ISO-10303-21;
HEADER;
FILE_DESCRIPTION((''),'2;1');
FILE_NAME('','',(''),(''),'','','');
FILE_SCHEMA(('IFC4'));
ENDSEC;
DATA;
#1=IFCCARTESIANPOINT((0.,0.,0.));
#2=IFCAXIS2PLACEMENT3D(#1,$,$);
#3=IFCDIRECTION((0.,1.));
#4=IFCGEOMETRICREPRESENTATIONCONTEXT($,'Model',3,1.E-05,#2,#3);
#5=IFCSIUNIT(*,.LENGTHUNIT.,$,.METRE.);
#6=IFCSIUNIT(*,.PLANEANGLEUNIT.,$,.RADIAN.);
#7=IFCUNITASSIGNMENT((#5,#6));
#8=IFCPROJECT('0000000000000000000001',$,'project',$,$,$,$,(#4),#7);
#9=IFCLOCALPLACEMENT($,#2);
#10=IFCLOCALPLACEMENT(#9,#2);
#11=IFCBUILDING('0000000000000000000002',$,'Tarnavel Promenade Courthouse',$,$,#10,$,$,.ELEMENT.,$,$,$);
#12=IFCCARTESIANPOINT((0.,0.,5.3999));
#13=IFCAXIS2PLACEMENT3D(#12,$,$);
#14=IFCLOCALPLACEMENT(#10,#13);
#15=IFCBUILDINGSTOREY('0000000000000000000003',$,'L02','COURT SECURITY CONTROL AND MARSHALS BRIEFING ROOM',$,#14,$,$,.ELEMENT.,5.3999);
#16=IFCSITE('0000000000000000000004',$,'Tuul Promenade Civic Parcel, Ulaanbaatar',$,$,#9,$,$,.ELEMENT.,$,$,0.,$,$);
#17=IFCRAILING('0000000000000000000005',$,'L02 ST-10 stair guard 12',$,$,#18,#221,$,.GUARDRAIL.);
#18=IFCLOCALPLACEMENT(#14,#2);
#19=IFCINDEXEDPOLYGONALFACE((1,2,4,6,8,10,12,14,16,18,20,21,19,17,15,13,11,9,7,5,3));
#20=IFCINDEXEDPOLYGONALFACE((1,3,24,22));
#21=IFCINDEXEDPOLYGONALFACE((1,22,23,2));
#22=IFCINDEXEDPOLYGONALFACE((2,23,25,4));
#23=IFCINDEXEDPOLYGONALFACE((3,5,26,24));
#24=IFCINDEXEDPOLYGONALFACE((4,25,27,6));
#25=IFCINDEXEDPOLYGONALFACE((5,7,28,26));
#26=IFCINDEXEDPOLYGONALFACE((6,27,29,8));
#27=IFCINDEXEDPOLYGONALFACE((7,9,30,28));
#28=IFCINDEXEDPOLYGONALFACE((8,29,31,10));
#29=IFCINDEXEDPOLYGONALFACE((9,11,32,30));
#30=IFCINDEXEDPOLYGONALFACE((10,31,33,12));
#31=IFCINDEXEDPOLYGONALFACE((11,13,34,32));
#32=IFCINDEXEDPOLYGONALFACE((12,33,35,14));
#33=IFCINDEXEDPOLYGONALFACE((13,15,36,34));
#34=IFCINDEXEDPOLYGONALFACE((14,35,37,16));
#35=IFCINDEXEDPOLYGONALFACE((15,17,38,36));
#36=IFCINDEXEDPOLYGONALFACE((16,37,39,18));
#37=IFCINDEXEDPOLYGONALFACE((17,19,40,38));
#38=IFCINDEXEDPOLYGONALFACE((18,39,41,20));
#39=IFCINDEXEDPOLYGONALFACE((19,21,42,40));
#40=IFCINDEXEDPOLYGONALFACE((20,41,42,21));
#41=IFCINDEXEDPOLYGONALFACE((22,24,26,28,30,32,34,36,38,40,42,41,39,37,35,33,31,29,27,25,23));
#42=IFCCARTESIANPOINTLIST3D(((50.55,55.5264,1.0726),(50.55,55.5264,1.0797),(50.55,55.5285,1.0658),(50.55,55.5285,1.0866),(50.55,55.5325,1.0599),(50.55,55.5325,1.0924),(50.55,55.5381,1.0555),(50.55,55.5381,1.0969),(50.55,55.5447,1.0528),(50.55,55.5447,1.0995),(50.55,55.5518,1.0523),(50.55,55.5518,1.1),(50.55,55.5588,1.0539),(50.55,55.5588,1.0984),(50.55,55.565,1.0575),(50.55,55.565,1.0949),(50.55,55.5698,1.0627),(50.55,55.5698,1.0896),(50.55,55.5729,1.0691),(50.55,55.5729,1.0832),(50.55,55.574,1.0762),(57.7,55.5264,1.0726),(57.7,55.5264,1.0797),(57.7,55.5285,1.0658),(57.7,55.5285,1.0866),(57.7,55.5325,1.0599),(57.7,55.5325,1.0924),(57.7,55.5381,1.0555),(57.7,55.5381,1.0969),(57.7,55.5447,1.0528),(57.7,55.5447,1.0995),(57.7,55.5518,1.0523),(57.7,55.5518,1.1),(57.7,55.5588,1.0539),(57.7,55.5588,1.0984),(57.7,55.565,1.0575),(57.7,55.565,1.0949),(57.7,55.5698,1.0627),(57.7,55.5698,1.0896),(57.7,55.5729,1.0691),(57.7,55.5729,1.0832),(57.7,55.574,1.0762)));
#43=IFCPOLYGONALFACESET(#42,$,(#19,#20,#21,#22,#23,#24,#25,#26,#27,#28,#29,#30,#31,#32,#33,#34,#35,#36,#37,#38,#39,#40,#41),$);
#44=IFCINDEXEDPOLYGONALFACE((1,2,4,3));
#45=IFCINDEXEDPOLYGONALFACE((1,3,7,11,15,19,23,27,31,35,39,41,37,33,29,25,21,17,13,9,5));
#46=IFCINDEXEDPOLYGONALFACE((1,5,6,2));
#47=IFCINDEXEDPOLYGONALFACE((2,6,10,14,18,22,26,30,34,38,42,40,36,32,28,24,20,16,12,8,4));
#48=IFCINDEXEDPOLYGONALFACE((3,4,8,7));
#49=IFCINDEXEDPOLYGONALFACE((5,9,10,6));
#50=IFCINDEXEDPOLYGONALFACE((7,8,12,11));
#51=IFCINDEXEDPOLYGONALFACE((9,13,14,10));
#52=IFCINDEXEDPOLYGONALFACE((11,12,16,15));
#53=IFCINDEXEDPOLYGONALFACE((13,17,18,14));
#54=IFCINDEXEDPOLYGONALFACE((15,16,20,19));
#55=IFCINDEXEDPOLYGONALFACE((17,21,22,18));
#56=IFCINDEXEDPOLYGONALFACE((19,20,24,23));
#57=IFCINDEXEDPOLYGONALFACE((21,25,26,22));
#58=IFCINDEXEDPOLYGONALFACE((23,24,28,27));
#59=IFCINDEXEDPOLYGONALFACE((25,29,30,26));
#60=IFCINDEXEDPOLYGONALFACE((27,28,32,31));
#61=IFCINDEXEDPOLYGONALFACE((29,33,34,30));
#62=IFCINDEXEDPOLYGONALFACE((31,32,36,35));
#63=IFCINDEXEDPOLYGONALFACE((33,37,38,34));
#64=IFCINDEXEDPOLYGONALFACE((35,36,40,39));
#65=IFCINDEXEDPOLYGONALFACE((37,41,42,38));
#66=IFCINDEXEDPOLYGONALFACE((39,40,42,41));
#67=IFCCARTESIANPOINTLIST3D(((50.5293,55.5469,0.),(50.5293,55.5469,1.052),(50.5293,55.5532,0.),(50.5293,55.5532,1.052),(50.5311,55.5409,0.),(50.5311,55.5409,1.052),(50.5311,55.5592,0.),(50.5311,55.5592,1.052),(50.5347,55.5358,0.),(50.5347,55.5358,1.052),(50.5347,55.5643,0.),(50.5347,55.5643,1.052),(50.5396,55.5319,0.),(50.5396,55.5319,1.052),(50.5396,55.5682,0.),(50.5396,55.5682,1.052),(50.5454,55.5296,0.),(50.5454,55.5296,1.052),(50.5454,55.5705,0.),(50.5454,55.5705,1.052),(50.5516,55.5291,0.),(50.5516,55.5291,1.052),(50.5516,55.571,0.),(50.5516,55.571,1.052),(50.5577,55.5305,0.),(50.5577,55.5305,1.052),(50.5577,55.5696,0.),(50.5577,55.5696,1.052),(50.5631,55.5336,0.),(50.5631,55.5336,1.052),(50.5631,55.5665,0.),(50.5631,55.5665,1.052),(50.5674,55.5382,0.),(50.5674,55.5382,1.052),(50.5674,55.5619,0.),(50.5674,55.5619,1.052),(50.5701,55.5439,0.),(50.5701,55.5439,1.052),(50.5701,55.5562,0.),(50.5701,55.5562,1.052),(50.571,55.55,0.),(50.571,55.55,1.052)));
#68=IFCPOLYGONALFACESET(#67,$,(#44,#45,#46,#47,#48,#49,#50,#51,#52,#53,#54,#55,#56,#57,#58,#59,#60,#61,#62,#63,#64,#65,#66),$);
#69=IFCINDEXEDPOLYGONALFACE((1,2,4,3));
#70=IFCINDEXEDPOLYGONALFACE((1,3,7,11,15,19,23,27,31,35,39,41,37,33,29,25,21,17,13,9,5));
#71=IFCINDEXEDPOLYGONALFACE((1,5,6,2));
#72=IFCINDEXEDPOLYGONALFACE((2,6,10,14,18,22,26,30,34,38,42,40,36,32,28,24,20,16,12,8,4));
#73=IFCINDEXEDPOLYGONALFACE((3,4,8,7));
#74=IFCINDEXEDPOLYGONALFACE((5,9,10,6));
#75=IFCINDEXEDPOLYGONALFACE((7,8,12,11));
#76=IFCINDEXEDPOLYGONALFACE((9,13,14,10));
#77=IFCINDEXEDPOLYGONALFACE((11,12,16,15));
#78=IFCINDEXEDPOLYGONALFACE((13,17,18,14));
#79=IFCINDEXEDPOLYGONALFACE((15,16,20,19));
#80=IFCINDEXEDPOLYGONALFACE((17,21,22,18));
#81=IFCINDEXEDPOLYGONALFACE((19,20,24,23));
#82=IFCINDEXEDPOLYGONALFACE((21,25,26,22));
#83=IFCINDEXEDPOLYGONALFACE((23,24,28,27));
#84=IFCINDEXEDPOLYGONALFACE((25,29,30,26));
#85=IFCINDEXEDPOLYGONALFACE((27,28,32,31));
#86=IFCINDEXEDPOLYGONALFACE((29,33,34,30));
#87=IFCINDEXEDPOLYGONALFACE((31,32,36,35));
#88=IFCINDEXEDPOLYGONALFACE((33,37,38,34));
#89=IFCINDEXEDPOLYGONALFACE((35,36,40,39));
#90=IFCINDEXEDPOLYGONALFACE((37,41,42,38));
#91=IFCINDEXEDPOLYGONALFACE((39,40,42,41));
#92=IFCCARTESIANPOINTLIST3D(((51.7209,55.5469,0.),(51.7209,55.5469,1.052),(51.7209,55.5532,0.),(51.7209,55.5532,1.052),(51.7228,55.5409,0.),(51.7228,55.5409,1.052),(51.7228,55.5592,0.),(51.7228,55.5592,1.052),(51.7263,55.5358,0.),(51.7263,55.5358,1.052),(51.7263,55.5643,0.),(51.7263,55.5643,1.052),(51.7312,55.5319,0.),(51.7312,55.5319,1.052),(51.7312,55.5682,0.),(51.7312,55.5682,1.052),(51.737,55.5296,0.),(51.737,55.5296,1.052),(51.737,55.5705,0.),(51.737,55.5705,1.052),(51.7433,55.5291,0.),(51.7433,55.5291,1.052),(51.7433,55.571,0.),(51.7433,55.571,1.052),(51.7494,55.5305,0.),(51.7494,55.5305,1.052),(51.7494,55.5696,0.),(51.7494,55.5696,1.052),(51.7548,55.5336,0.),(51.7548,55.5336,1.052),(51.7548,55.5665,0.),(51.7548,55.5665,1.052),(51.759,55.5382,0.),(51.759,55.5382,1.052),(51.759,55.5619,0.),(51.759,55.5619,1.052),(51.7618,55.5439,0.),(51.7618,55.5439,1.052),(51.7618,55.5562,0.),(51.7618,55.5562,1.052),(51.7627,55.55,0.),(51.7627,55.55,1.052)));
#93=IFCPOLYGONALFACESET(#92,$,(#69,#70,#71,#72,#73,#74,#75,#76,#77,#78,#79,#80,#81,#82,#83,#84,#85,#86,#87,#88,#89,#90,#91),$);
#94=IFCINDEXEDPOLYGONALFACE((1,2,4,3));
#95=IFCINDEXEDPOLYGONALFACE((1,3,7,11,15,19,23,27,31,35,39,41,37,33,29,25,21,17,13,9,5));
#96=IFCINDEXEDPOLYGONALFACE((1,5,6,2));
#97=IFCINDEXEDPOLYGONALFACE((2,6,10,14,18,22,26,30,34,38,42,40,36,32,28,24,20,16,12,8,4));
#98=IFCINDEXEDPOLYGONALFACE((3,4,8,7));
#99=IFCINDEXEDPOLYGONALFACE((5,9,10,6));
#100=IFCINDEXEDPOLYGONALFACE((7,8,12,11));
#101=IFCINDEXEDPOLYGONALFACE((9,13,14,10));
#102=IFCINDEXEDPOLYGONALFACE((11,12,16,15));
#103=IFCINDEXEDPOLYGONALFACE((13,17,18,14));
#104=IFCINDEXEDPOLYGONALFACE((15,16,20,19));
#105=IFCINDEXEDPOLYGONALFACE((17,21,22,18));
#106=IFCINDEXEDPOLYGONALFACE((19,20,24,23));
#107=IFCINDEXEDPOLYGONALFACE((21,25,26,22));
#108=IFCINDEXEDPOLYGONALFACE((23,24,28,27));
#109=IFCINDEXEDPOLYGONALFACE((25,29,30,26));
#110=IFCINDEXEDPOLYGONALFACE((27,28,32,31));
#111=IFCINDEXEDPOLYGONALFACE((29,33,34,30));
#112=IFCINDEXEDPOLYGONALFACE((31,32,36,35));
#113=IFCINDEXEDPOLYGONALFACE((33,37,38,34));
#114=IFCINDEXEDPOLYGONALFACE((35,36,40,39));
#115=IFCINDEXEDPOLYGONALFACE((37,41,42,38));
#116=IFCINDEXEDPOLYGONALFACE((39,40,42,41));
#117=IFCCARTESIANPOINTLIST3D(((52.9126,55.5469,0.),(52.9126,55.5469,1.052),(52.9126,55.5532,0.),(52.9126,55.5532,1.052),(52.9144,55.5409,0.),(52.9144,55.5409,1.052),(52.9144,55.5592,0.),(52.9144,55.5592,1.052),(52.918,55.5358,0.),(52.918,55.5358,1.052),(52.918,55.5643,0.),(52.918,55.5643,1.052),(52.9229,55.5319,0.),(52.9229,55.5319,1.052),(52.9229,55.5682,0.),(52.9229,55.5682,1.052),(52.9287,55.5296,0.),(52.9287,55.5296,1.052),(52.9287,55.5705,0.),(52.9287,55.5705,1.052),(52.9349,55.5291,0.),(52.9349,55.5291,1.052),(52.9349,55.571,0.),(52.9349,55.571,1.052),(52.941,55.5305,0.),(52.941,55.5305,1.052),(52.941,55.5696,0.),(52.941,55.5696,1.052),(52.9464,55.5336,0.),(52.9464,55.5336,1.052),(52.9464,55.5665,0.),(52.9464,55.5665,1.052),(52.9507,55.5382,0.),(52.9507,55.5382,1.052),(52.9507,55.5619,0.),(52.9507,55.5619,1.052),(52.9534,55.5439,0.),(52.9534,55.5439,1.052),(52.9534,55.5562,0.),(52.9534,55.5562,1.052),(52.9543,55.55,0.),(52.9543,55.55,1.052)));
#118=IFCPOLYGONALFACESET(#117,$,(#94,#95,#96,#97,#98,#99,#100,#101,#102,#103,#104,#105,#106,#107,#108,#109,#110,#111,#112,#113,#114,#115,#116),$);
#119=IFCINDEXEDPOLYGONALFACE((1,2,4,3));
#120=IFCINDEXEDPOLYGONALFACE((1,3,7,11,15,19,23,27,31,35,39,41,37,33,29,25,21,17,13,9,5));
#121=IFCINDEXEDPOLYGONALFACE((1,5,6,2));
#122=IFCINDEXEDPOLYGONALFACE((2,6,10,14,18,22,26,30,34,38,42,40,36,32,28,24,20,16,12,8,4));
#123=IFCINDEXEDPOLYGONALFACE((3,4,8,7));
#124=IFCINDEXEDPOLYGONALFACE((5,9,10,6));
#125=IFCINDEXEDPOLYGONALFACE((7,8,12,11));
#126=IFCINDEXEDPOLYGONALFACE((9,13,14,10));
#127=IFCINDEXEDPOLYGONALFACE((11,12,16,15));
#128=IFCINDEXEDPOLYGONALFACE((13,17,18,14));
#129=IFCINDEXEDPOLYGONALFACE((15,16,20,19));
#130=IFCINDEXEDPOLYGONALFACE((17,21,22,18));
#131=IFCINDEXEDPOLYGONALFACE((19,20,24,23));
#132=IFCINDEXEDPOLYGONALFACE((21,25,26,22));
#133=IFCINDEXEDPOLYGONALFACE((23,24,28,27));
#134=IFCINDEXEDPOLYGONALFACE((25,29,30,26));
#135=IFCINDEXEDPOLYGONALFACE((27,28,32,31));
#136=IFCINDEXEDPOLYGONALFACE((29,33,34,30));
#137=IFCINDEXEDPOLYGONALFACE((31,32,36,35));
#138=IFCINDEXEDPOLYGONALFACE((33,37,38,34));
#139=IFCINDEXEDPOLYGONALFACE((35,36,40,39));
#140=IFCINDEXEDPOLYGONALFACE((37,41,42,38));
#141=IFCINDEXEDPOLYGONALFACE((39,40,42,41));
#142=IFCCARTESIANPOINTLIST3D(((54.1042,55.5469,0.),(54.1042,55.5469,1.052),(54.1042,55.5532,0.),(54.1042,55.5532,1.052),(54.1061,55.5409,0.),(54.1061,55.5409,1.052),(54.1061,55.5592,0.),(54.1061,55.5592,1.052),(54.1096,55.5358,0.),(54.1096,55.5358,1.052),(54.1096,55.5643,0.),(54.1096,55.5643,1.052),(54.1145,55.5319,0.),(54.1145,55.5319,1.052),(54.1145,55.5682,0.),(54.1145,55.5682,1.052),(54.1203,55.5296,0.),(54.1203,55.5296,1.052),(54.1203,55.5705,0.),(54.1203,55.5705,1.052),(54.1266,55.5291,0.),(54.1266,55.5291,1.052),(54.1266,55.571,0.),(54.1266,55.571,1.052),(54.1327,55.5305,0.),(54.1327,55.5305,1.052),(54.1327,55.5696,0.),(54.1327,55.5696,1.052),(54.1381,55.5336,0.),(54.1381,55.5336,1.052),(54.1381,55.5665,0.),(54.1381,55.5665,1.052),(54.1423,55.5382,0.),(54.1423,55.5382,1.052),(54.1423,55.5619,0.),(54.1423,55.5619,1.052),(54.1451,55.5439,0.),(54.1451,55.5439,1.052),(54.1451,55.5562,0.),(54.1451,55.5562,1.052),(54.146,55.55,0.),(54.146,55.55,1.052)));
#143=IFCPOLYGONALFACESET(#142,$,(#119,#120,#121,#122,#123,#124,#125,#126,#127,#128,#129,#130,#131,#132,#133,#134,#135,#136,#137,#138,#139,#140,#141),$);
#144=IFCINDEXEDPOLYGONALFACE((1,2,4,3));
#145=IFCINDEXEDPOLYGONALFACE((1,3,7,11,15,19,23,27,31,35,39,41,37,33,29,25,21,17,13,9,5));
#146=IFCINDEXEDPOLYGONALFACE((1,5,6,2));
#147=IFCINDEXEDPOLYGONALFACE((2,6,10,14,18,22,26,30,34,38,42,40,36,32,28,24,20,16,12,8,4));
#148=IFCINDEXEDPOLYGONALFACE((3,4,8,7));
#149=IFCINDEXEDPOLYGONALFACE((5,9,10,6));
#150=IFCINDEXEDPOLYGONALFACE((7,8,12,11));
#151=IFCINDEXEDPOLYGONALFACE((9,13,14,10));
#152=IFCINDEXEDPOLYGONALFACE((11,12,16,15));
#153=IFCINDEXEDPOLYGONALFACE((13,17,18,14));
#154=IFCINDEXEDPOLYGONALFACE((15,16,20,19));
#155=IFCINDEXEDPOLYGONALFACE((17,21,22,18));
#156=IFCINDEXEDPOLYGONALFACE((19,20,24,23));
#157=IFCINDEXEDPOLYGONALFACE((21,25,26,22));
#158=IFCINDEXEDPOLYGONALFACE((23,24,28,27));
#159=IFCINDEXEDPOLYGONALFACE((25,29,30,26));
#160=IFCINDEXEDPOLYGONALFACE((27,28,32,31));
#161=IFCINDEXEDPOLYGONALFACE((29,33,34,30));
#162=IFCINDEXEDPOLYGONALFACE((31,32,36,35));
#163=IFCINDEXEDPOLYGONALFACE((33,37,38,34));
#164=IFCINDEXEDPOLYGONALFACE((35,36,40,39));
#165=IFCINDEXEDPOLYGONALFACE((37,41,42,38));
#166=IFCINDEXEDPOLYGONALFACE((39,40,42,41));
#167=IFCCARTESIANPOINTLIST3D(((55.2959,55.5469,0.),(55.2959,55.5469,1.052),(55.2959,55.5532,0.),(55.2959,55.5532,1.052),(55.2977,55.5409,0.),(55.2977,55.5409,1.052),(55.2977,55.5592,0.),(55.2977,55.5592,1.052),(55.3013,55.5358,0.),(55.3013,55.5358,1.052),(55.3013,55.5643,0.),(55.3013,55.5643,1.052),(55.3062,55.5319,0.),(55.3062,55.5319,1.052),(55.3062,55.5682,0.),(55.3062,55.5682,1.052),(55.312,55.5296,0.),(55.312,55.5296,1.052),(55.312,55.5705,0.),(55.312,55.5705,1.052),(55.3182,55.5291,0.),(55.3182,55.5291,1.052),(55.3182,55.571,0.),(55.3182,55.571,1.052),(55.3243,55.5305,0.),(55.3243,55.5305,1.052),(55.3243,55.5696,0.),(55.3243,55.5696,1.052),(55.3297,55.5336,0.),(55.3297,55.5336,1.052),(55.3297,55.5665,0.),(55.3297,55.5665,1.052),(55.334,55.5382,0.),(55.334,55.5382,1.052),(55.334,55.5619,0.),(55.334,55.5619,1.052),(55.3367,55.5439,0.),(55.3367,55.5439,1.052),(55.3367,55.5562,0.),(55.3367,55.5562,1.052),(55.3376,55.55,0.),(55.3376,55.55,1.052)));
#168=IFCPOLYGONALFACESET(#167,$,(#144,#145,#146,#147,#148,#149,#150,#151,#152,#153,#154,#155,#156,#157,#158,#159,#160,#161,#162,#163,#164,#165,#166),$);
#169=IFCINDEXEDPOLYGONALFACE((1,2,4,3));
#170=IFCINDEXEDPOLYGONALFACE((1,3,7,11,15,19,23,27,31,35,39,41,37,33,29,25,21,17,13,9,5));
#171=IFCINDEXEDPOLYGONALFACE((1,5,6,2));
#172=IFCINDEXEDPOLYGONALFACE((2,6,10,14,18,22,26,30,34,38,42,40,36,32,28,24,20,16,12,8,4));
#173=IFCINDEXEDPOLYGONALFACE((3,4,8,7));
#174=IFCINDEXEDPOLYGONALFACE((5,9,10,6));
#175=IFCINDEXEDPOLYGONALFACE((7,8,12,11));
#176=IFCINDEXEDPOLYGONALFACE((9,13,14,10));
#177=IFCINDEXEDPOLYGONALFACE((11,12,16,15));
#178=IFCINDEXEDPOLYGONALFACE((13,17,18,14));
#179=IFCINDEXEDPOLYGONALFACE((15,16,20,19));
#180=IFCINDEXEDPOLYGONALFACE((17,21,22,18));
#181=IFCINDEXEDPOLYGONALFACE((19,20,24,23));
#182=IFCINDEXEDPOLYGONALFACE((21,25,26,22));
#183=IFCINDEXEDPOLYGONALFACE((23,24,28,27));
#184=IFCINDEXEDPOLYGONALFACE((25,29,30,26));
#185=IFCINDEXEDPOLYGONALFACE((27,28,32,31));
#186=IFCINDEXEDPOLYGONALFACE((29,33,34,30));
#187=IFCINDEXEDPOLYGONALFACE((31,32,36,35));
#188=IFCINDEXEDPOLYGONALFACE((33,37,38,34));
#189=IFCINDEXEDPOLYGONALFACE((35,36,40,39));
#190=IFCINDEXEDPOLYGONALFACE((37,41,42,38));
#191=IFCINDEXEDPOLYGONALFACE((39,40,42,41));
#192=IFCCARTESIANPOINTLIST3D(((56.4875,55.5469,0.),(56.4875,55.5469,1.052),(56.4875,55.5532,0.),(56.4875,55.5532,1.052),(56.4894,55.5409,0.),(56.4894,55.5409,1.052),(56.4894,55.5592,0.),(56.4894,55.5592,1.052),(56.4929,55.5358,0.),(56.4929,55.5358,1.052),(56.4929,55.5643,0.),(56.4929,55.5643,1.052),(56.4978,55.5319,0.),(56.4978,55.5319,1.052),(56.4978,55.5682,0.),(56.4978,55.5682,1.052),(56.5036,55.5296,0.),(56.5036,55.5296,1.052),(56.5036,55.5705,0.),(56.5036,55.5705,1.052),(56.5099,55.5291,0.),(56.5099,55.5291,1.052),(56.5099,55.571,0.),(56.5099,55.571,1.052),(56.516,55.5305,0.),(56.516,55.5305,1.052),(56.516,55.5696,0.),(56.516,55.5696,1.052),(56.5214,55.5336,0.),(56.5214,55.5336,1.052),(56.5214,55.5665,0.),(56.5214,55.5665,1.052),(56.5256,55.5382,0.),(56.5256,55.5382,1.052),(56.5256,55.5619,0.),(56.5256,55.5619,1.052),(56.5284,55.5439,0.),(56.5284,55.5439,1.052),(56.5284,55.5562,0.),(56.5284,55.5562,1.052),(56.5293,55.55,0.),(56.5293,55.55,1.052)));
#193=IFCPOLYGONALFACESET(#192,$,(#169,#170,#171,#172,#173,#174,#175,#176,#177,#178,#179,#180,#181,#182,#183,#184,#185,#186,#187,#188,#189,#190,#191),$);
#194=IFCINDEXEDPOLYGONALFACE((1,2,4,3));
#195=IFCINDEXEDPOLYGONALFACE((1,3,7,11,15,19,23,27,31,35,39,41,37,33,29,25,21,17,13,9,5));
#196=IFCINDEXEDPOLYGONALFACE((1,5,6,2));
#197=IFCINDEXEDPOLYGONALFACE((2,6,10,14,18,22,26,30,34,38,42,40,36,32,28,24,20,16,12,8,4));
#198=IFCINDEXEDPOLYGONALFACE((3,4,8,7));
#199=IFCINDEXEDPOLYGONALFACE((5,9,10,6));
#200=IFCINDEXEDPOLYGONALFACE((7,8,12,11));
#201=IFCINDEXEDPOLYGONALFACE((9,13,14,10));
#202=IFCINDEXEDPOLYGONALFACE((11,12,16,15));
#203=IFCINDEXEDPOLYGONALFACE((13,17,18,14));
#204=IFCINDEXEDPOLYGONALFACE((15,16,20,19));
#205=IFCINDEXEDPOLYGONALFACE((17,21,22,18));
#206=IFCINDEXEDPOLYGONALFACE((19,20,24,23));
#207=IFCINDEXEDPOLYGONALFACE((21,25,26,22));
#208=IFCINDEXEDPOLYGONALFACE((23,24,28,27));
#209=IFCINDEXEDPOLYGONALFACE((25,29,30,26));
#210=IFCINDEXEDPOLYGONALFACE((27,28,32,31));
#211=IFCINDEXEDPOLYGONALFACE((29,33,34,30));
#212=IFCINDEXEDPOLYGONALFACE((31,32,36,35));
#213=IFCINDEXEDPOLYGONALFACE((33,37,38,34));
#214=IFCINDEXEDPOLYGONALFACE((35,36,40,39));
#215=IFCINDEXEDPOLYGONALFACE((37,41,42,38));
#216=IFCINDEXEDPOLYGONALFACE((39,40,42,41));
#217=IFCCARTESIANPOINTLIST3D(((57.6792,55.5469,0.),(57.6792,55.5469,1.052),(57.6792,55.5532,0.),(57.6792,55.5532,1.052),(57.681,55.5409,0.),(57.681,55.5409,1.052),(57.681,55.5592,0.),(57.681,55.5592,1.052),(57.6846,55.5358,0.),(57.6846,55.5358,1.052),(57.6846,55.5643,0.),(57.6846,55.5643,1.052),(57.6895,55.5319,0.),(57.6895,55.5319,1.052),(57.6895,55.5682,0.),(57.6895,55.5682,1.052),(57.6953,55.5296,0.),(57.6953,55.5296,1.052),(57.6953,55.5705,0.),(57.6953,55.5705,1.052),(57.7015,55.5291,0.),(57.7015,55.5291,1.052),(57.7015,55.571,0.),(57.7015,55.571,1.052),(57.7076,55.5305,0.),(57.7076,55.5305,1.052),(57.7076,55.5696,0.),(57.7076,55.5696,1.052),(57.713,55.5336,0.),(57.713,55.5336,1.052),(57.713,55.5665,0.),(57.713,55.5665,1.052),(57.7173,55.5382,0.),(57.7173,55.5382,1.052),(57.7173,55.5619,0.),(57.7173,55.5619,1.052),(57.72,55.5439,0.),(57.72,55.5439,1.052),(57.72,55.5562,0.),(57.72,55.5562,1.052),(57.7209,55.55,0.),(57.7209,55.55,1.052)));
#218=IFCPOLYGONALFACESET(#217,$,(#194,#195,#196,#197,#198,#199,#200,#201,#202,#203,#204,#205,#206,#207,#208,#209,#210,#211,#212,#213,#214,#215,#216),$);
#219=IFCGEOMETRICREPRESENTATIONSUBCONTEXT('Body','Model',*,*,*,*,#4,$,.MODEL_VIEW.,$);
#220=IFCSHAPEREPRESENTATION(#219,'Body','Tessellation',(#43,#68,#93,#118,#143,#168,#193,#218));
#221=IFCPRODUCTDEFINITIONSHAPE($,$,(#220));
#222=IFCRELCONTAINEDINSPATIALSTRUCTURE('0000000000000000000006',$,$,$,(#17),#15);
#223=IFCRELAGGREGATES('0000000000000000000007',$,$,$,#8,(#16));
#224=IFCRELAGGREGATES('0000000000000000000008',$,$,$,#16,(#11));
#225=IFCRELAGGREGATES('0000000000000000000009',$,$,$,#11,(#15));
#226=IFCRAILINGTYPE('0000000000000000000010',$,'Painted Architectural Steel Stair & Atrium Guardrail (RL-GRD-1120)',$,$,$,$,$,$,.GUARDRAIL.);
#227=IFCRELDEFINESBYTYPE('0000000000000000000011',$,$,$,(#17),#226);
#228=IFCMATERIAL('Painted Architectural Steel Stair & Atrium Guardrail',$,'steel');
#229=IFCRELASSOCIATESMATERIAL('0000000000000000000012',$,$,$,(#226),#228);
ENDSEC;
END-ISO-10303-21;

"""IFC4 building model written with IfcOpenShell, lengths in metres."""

from ifc_helpers import new_model, si_unit, direction, frame, origin, origin_2d, place, context, subcontext, project, spatial, circle, extrude, material, type_object, element, save


model = new_model("IFC4")

# Units and contexts
model_context = context("Model", 3, precision=1e-05, world=origin(), true_north=direction((0.0, 1.0)))
body_context = subcontext(model_context, "Body", "Model", "MODEL_VIEW")
ifc_project = project(units=[si_unit("LENGTHUNIT", "METRE"), si_unit("PLANEANGLEUNIT", "RADIAN")], contexts=[model_context])

# Site, building, storey
site_placement = place(None, origin())
site = spatial("IfcSite", under=ifc_project, at=site_placement, Name="Tuul Promenade Civic Parcel, Ulaanbaatar", CompositionType="ELEMENT", RefElevation=0.0)
building_placement = place(site_placement, origin())
building = spatial("IfcBuilding", under=site, at=building_placement, Name="Tarnavel Promenade Courthouse", CompositionType="ELEMENT")
storey_placement = place(building_placement, frame((0.0, 0.0, 5.3999)))
storey = spatial("IfcBuildingStorey", under=building, at=storey_placement, Name="L02", Description="COURT SECURITY CONTROL AND MARSHALS BRIEFING ROOM", CompositionType="ELEMENT", Elevation=5.3999)

# Railing
ifc_material_1 = material(Name="Painted Architectural Steel Stair & Atrium Guardrail", Category="steel")
railing_type_1 = type_object("IfcRailingType", Name="Painted Architectural Steel Stair & Atrium Guardrail (RL-GRD-1120)", PredefinedType="GUARDRAIL", material=ifc_material_1)
railing_1_placement = place(storey_placement, frame((50.55, 55.55, 0.0)))
element("IfcRailing", 1, at=railing_1_placement, inside=storey, type_object=railing_type_1, Name="L02 ST-10 stair guard 12", PredefinedType="GUARDRAIL", context=body_context, shape_type="SweptSolid", body=[
    extrude(circle(Radius=0.0239, at=origin_2d()), frame((0.0, 0.0, 1.0762), z_axis=(1.0, 0.0, 0.0), x_axis=(0.0, 1.0, 0.0)), (0.0, 0.0, 1.0), 7.1499),
    extrude(circle(Radius=0.021, at=origin_2d()), origin(), (0.0, 0.0, 1.0), 1.052),
    extrude(circle(Radius=0.021, at=origin_2d()), frame((1.1917, 0.0, 0.0)), (0.0, 0.0, 1.0), 1.052),
    extrude(circle(Radius=0.021, at=origin_2d()), frame((2.3833, 0.0, 0.0)), (0.0, 0.0, 1.0), 1.052),
    extrude(circle(Radius=0.021, at=origin_2d()), frame((3.575, 0.0, 0.0)), (0.0, 0.0, 1.0), 1.052),
    extrude(circle(Radius=0.021, at=origin_2d()), frame((4.7666, 0.0, 0.0)), (0.0, 0.0, 1.0), 1.052),
    extrude(circle(Radius=0.021, at=origin_2d()), frame((5.9583, 0.0, 0.0)), (0.0, 0.0, 1.0), 1.052),
    extrude(circle(Radius=0.021, at=origin_2d()), frame((7.1499, 0.0, 0.0)), (0.0, 0.0, 1.0), 1.052),
])

save(model, "model.ifc")
